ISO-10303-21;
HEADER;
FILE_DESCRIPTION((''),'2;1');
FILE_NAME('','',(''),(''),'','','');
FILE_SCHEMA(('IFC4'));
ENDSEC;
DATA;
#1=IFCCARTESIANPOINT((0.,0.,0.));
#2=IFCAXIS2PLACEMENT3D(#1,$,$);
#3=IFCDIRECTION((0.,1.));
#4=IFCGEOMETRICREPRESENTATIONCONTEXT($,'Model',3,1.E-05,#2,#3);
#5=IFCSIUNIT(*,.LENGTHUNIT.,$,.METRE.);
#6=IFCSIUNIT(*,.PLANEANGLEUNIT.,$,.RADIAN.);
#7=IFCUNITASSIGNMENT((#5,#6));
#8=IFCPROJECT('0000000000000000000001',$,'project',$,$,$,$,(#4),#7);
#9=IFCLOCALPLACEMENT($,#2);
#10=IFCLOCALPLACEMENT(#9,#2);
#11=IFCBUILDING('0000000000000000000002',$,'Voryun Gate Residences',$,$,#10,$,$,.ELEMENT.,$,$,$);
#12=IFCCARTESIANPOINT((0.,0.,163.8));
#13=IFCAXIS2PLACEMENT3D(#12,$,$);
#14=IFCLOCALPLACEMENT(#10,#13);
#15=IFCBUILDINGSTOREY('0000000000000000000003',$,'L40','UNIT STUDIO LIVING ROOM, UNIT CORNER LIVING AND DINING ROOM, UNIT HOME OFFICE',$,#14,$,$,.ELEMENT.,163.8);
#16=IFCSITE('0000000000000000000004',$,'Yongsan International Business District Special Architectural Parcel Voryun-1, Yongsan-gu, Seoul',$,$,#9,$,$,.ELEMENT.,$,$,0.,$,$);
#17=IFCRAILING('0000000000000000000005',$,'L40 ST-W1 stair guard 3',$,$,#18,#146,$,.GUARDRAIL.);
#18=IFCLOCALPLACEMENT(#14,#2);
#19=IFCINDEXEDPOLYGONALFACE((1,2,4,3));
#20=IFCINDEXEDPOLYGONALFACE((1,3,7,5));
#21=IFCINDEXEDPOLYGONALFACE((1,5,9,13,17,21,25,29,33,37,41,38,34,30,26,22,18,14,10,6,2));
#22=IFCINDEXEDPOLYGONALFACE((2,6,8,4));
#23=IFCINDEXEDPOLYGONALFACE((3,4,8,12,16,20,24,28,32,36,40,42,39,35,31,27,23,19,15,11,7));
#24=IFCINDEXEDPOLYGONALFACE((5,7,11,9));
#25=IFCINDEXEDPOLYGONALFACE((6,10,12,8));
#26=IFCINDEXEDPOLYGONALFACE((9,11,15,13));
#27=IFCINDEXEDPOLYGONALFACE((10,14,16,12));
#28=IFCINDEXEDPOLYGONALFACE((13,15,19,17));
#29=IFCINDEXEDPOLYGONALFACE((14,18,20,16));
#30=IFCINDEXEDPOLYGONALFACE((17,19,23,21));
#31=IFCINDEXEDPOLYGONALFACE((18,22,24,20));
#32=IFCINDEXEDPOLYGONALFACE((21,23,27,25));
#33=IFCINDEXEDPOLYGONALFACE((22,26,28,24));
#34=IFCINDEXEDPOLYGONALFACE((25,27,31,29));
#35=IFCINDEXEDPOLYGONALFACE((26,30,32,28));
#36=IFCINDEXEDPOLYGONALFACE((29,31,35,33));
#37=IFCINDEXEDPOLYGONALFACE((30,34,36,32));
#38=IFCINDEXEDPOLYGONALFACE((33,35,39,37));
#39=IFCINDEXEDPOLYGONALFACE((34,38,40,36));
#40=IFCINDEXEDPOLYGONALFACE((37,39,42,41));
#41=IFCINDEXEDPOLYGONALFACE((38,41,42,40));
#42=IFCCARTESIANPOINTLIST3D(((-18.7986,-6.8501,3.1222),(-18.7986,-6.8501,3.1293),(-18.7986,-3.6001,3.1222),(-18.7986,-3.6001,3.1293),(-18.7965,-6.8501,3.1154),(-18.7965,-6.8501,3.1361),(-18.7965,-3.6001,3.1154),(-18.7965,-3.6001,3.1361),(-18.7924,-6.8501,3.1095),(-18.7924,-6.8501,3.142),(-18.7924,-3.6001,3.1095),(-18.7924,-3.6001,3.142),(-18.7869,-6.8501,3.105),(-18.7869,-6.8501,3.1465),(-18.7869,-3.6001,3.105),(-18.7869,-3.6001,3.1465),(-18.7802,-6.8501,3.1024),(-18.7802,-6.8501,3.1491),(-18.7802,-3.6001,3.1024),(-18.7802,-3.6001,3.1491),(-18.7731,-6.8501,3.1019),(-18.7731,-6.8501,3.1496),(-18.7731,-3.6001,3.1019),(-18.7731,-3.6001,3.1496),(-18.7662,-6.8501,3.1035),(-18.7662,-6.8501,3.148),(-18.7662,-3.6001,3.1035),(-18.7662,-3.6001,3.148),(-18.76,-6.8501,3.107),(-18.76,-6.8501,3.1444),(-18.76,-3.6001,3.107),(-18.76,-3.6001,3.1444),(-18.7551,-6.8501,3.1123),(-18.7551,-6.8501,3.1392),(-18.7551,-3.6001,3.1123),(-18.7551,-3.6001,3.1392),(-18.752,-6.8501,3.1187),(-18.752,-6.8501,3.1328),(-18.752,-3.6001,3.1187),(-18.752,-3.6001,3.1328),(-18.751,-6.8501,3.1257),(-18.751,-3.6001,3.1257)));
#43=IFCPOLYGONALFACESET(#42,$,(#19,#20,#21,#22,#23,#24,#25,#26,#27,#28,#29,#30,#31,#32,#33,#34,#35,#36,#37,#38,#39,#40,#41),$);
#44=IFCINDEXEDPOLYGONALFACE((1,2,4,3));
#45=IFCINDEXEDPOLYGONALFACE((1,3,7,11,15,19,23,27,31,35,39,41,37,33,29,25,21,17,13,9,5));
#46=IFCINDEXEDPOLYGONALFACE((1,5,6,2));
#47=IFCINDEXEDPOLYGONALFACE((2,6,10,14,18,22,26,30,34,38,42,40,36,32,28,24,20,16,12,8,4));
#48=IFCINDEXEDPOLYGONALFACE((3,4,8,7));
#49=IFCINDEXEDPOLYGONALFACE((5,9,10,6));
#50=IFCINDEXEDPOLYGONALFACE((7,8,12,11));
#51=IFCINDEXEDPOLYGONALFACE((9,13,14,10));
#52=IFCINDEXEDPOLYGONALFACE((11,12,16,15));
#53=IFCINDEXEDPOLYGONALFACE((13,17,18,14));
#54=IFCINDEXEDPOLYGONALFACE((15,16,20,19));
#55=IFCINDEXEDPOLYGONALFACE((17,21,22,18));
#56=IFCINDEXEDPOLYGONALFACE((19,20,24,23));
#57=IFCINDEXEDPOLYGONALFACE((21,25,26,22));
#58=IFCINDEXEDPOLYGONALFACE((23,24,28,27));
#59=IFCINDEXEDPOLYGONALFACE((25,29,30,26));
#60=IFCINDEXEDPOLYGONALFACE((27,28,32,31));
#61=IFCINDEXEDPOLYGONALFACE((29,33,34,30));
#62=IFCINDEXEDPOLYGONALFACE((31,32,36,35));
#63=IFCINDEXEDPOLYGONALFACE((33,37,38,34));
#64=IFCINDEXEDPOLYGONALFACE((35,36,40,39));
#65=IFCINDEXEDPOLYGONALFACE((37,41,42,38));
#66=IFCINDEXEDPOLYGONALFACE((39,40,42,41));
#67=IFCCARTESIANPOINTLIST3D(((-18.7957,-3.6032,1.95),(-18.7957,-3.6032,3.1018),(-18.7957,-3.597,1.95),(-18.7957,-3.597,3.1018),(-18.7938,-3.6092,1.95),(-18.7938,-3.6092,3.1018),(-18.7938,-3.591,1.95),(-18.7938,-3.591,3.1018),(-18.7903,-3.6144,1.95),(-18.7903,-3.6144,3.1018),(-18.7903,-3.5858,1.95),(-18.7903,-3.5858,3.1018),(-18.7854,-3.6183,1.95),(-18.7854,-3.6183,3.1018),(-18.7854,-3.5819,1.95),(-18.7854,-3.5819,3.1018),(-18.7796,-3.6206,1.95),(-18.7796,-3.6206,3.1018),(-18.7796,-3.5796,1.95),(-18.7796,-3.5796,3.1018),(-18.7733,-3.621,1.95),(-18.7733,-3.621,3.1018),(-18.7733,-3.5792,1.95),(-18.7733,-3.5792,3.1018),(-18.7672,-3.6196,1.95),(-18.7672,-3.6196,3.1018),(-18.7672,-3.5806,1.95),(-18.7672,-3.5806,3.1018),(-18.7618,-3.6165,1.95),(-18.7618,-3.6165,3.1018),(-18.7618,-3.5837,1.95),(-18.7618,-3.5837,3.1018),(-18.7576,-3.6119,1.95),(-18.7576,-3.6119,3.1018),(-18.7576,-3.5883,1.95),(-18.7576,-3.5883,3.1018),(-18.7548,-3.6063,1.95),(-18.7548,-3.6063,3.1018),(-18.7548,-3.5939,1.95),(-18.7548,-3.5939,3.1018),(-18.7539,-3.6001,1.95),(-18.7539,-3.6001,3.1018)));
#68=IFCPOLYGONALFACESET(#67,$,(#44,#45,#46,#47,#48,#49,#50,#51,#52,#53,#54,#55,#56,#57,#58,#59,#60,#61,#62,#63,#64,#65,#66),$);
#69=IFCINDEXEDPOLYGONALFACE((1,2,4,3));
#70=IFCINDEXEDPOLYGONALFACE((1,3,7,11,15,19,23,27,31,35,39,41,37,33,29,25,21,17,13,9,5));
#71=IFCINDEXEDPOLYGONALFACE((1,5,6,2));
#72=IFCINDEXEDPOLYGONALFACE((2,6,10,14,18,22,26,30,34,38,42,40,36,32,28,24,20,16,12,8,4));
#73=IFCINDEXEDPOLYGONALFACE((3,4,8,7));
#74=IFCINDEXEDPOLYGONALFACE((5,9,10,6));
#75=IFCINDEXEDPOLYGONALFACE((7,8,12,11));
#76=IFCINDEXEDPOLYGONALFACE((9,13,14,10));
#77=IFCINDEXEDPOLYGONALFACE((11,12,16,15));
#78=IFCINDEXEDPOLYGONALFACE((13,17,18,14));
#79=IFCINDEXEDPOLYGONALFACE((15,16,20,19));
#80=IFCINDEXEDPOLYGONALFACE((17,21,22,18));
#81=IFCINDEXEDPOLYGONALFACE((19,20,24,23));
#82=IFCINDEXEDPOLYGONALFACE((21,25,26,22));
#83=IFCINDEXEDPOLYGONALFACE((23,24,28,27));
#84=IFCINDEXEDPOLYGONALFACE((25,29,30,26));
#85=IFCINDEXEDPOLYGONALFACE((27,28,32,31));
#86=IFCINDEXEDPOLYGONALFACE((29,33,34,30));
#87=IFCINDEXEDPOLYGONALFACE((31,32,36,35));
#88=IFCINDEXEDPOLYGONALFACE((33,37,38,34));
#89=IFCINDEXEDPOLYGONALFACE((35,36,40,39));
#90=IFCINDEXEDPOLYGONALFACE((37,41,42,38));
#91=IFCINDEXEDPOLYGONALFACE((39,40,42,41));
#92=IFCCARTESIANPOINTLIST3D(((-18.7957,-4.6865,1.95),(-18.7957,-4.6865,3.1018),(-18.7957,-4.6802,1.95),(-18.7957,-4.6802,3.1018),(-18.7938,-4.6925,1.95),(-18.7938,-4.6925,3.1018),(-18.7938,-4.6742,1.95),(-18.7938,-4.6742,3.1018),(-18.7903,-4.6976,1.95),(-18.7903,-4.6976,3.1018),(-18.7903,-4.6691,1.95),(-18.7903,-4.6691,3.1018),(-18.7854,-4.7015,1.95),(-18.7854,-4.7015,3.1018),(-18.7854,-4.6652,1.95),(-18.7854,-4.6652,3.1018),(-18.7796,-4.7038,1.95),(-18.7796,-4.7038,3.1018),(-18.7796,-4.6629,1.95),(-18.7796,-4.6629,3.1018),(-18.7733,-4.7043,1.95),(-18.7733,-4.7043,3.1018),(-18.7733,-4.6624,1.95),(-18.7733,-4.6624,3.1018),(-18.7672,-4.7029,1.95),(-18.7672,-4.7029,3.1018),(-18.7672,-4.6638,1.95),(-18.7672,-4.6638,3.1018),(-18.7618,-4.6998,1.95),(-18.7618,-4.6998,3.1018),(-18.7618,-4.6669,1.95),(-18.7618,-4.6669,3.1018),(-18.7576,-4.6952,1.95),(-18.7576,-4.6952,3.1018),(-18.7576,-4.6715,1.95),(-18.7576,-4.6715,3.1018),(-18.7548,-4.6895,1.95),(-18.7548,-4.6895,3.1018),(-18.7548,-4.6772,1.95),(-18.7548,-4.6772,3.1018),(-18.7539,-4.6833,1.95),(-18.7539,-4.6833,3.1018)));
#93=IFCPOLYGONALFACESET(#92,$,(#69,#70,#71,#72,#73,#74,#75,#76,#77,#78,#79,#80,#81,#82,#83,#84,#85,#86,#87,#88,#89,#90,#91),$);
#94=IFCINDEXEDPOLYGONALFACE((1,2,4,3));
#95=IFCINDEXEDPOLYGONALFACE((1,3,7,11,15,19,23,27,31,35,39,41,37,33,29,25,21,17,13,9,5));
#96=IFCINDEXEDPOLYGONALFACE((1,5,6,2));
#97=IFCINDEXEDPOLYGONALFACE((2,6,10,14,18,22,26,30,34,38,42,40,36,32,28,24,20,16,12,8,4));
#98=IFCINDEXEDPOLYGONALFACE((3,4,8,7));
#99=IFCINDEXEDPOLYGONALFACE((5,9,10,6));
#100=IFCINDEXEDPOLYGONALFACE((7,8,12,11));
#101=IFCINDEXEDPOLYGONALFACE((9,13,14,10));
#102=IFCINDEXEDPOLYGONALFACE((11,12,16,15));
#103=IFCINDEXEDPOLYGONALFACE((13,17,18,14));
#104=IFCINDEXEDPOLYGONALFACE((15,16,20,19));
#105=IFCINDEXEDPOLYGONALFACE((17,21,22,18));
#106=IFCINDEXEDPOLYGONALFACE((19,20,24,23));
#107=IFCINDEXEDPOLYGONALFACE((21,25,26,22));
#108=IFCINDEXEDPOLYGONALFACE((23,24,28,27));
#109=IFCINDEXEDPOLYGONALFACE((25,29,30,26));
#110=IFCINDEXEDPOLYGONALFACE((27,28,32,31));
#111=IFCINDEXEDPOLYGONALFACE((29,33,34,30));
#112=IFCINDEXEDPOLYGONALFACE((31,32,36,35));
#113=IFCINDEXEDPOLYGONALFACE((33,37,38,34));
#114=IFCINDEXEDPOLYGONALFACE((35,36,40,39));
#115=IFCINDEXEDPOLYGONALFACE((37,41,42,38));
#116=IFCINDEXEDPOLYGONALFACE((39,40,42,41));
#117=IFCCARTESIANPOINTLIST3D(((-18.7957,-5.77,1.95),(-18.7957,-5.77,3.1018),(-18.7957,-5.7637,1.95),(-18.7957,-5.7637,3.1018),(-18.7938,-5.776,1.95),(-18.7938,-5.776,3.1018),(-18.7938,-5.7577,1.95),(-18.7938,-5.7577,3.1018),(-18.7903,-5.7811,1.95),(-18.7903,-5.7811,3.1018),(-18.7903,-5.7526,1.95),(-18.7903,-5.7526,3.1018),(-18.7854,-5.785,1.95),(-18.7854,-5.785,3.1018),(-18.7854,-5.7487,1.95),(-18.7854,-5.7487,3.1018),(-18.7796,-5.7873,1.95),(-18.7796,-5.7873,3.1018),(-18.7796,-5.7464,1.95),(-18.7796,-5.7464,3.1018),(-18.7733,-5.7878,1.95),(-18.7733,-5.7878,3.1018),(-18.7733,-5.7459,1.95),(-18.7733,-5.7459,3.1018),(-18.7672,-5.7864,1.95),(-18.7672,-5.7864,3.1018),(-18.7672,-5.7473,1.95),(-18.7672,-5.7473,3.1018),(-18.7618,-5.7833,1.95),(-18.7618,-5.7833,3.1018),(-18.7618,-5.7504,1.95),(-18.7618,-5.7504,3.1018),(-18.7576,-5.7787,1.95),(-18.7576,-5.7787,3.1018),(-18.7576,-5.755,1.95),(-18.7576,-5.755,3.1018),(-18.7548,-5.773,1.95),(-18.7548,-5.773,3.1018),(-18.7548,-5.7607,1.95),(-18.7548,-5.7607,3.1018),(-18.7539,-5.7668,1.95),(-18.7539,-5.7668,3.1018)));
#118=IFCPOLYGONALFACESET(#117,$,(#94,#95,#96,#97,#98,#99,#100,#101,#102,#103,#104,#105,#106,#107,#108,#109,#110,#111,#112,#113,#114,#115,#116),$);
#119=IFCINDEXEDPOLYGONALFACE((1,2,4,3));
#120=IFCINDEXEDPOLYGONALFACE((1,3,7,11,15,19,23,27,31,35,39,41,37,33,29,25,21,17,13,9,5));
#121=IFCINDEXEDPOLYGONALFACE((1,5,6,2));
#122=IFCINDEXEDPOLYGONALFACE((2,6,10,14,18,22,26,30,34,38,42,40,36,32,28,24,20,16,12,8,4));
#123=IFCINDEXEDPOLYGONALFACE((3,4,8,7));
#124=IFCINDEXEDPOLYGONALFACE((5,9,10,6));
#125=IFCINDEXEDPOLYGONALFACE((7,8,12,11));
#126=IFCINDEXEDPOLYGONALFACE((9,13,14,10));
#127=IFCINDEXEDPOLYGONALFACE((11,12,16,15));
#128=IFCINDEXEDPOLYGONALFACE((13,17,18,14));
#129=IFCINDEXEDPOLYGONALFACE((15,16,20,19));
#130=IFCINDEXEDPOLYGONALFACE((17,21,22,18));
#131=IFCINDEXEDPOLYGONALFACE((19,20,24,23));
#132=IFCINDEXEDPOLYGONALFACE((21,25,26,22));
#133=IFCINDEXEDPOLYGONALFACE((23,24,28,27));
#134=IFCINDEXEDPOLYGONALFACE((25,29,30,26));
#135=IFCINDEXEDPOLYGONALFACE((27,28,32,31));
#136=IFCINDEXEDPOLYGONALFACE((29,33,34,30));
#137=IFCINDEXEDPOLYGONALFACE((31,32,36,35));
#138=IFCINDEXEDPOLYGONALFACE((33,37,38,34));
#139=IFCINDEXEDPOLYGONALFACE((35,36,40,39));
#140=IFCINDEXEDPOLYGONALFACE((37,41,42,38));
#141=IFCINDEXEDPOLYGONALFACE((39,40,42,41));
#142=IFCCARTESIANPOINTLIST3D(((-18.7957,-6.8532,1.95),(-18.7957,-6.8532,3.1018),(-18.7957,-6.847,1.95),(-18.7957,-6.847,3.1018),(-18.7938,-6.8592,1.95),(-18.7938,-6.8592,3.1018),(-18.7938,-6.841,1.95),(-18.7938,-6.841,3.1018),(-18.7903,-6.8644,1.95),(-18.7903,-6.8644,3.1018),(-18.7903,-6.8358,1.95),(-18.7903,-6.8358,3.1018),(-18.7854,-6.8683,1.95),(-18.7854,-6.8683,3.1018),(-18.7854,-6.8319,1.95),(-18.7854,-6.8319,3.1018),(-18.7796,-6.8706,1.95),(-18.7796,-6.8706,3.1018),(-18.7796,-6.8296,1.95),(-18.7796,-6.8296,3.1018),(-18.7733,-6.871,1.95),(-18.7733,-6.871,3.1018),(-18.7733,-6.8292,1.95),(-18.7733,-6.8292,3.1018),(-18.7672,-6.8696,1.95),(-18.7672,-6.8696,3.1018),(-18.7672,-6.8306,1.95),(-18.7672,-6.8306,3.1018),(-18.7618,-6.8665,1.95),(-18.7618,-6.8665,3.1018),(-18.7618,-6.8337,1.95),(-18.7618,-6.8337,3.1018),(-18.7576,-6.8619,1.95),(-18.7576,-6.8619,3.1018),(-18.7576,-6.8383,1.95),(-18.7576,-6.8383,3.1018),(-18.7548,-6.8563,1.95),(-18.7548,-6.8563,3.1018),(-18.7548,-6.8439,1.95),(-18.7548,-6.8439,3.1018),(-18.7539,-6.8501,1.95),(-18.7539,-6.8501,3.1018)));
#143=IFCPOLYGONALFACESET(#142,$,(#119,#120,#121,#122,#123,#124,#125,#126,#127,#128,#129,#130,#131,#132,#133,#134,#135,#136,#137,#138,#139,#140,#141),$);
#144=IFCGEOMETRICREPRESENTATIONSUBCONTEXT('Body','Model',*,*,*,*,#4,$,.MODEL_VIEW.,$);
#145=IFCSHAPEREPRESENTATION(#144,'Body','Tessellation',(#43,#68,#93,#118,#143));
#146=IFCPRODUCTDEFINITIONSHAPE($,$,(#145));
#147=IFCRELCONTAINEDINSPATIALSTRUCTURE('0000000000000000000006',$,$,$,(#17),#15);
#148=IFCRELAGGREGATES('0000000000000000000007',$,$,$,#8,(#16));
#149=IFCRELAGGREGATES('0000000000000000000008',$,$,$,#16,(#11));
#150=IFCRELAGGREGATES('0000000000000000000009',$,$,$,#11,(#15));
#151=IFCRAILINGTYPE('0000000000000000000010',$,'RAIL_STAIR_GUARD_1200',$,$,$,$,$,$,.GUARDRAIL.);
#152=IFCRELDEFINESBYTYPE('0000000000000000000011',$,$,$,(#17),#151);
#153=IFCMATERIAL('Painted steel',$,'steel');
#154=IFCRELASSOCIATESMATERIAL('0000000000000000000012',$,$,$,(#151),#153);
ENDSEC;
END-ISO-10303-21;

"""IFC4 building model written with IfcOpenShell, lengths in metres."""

from ifc_helpers import new_model, si_unit, direction, frame, origin, origin_2d, place, context, subcontext, project, spatial, circle, extrude, material, type_object, element, save


model = new_model("IFC4")

# Units and contexts
model_context = context("Model", 3, precision=1e-05, world=origin(), true_north=direction((0.0, 1.0)))
body_context = subcontext(model_context, "Body", "Model", "MODEL_VIEW")
ifc_project = project(units=[si_unit("LENGTHUNIT", "METRE"), si_unit("PLANEANGLEUNIT", "RADIAN")], contexts=[model_context])

# Site, building, storey
site_placement = place(None, origin())
site = spatial("IfcSite", under=ifc_project, at=site_placement, Name="Yongsan International Business District Special Architectural Parcel Voryun-1, Yongsan-gu, Seoul", CompositionType="ELEMENT", RefElevation=0.0)
building_placement = place(site_placement, origin())
building = spatial("IfcBuilding", under=site, at=building_placement, Name="Voryun Gate Residences", CompositionType="ELEMENT")
storey_placement = place(building_placement, frame((0.0, 0.0, 163.8)))
storey = spatial("IfcBuildingStorey", under=building, at=storey_placement, Name="L40", Description="UNIT STUDIO LIVING ROOM, UNIT CORNER LIVING AND DINING ROOM, UNIT HOME OFFICE", CompositionType="ELEMENT", Elevation=163.8)

# Railing
ifc_material_1 = material(Name="Painted steel", Category="steel")
railing_type = type_object("IfcRailingType", Name="RAIL_STAIR_GUARD_1200", PredefinedType="GUARDRAIL", material=ifc_material_1)
railing_1_placement = place(storey_placement, frame((-18.7749, -3.6001, 1.95)))
element("IfcRailing", 1, at=railing_1_placement, inside=storey, type_object=railing_type, Name="L40 ST-W1 stair guard 3", PredefinedType="GUARDRAIL", context=body_context, shape_type="SweptSolid", body=[
    extrude(circle(Radius=0.0239, at=origin_2d()), frame((0.0, 0.0, 1.1758), z_axis=(0.0, -1.0, 0.0), x_axis=(1.0, 0.0, 0.0)), (0.0, 0.0, 1.0), 3.25),
    extrude(circle(Radius=0.021, at=origin_2d()), origin(), (0.0, 0.0, 1.0), 1.1519),
    extrude(circle(Radius=0.021, at=origin_2d()), frame((0.0, -1.0833, 0.0)), (0.0, 0.0, 1.0), 1.1519),
    extrude(circle(Radius=0.021, at=origin_2d()), frame((0.0, -2.1667, 0.0)), (0.0, 0.0, 1.0), 1.1519),
    extrude(circle(Radius=0.021, at=origin_2d()), frame((0.0, -3.25, 0.0)), (0.0, 0.0, 1.0), 1.1519),
])

save(model, "model.ifc")
